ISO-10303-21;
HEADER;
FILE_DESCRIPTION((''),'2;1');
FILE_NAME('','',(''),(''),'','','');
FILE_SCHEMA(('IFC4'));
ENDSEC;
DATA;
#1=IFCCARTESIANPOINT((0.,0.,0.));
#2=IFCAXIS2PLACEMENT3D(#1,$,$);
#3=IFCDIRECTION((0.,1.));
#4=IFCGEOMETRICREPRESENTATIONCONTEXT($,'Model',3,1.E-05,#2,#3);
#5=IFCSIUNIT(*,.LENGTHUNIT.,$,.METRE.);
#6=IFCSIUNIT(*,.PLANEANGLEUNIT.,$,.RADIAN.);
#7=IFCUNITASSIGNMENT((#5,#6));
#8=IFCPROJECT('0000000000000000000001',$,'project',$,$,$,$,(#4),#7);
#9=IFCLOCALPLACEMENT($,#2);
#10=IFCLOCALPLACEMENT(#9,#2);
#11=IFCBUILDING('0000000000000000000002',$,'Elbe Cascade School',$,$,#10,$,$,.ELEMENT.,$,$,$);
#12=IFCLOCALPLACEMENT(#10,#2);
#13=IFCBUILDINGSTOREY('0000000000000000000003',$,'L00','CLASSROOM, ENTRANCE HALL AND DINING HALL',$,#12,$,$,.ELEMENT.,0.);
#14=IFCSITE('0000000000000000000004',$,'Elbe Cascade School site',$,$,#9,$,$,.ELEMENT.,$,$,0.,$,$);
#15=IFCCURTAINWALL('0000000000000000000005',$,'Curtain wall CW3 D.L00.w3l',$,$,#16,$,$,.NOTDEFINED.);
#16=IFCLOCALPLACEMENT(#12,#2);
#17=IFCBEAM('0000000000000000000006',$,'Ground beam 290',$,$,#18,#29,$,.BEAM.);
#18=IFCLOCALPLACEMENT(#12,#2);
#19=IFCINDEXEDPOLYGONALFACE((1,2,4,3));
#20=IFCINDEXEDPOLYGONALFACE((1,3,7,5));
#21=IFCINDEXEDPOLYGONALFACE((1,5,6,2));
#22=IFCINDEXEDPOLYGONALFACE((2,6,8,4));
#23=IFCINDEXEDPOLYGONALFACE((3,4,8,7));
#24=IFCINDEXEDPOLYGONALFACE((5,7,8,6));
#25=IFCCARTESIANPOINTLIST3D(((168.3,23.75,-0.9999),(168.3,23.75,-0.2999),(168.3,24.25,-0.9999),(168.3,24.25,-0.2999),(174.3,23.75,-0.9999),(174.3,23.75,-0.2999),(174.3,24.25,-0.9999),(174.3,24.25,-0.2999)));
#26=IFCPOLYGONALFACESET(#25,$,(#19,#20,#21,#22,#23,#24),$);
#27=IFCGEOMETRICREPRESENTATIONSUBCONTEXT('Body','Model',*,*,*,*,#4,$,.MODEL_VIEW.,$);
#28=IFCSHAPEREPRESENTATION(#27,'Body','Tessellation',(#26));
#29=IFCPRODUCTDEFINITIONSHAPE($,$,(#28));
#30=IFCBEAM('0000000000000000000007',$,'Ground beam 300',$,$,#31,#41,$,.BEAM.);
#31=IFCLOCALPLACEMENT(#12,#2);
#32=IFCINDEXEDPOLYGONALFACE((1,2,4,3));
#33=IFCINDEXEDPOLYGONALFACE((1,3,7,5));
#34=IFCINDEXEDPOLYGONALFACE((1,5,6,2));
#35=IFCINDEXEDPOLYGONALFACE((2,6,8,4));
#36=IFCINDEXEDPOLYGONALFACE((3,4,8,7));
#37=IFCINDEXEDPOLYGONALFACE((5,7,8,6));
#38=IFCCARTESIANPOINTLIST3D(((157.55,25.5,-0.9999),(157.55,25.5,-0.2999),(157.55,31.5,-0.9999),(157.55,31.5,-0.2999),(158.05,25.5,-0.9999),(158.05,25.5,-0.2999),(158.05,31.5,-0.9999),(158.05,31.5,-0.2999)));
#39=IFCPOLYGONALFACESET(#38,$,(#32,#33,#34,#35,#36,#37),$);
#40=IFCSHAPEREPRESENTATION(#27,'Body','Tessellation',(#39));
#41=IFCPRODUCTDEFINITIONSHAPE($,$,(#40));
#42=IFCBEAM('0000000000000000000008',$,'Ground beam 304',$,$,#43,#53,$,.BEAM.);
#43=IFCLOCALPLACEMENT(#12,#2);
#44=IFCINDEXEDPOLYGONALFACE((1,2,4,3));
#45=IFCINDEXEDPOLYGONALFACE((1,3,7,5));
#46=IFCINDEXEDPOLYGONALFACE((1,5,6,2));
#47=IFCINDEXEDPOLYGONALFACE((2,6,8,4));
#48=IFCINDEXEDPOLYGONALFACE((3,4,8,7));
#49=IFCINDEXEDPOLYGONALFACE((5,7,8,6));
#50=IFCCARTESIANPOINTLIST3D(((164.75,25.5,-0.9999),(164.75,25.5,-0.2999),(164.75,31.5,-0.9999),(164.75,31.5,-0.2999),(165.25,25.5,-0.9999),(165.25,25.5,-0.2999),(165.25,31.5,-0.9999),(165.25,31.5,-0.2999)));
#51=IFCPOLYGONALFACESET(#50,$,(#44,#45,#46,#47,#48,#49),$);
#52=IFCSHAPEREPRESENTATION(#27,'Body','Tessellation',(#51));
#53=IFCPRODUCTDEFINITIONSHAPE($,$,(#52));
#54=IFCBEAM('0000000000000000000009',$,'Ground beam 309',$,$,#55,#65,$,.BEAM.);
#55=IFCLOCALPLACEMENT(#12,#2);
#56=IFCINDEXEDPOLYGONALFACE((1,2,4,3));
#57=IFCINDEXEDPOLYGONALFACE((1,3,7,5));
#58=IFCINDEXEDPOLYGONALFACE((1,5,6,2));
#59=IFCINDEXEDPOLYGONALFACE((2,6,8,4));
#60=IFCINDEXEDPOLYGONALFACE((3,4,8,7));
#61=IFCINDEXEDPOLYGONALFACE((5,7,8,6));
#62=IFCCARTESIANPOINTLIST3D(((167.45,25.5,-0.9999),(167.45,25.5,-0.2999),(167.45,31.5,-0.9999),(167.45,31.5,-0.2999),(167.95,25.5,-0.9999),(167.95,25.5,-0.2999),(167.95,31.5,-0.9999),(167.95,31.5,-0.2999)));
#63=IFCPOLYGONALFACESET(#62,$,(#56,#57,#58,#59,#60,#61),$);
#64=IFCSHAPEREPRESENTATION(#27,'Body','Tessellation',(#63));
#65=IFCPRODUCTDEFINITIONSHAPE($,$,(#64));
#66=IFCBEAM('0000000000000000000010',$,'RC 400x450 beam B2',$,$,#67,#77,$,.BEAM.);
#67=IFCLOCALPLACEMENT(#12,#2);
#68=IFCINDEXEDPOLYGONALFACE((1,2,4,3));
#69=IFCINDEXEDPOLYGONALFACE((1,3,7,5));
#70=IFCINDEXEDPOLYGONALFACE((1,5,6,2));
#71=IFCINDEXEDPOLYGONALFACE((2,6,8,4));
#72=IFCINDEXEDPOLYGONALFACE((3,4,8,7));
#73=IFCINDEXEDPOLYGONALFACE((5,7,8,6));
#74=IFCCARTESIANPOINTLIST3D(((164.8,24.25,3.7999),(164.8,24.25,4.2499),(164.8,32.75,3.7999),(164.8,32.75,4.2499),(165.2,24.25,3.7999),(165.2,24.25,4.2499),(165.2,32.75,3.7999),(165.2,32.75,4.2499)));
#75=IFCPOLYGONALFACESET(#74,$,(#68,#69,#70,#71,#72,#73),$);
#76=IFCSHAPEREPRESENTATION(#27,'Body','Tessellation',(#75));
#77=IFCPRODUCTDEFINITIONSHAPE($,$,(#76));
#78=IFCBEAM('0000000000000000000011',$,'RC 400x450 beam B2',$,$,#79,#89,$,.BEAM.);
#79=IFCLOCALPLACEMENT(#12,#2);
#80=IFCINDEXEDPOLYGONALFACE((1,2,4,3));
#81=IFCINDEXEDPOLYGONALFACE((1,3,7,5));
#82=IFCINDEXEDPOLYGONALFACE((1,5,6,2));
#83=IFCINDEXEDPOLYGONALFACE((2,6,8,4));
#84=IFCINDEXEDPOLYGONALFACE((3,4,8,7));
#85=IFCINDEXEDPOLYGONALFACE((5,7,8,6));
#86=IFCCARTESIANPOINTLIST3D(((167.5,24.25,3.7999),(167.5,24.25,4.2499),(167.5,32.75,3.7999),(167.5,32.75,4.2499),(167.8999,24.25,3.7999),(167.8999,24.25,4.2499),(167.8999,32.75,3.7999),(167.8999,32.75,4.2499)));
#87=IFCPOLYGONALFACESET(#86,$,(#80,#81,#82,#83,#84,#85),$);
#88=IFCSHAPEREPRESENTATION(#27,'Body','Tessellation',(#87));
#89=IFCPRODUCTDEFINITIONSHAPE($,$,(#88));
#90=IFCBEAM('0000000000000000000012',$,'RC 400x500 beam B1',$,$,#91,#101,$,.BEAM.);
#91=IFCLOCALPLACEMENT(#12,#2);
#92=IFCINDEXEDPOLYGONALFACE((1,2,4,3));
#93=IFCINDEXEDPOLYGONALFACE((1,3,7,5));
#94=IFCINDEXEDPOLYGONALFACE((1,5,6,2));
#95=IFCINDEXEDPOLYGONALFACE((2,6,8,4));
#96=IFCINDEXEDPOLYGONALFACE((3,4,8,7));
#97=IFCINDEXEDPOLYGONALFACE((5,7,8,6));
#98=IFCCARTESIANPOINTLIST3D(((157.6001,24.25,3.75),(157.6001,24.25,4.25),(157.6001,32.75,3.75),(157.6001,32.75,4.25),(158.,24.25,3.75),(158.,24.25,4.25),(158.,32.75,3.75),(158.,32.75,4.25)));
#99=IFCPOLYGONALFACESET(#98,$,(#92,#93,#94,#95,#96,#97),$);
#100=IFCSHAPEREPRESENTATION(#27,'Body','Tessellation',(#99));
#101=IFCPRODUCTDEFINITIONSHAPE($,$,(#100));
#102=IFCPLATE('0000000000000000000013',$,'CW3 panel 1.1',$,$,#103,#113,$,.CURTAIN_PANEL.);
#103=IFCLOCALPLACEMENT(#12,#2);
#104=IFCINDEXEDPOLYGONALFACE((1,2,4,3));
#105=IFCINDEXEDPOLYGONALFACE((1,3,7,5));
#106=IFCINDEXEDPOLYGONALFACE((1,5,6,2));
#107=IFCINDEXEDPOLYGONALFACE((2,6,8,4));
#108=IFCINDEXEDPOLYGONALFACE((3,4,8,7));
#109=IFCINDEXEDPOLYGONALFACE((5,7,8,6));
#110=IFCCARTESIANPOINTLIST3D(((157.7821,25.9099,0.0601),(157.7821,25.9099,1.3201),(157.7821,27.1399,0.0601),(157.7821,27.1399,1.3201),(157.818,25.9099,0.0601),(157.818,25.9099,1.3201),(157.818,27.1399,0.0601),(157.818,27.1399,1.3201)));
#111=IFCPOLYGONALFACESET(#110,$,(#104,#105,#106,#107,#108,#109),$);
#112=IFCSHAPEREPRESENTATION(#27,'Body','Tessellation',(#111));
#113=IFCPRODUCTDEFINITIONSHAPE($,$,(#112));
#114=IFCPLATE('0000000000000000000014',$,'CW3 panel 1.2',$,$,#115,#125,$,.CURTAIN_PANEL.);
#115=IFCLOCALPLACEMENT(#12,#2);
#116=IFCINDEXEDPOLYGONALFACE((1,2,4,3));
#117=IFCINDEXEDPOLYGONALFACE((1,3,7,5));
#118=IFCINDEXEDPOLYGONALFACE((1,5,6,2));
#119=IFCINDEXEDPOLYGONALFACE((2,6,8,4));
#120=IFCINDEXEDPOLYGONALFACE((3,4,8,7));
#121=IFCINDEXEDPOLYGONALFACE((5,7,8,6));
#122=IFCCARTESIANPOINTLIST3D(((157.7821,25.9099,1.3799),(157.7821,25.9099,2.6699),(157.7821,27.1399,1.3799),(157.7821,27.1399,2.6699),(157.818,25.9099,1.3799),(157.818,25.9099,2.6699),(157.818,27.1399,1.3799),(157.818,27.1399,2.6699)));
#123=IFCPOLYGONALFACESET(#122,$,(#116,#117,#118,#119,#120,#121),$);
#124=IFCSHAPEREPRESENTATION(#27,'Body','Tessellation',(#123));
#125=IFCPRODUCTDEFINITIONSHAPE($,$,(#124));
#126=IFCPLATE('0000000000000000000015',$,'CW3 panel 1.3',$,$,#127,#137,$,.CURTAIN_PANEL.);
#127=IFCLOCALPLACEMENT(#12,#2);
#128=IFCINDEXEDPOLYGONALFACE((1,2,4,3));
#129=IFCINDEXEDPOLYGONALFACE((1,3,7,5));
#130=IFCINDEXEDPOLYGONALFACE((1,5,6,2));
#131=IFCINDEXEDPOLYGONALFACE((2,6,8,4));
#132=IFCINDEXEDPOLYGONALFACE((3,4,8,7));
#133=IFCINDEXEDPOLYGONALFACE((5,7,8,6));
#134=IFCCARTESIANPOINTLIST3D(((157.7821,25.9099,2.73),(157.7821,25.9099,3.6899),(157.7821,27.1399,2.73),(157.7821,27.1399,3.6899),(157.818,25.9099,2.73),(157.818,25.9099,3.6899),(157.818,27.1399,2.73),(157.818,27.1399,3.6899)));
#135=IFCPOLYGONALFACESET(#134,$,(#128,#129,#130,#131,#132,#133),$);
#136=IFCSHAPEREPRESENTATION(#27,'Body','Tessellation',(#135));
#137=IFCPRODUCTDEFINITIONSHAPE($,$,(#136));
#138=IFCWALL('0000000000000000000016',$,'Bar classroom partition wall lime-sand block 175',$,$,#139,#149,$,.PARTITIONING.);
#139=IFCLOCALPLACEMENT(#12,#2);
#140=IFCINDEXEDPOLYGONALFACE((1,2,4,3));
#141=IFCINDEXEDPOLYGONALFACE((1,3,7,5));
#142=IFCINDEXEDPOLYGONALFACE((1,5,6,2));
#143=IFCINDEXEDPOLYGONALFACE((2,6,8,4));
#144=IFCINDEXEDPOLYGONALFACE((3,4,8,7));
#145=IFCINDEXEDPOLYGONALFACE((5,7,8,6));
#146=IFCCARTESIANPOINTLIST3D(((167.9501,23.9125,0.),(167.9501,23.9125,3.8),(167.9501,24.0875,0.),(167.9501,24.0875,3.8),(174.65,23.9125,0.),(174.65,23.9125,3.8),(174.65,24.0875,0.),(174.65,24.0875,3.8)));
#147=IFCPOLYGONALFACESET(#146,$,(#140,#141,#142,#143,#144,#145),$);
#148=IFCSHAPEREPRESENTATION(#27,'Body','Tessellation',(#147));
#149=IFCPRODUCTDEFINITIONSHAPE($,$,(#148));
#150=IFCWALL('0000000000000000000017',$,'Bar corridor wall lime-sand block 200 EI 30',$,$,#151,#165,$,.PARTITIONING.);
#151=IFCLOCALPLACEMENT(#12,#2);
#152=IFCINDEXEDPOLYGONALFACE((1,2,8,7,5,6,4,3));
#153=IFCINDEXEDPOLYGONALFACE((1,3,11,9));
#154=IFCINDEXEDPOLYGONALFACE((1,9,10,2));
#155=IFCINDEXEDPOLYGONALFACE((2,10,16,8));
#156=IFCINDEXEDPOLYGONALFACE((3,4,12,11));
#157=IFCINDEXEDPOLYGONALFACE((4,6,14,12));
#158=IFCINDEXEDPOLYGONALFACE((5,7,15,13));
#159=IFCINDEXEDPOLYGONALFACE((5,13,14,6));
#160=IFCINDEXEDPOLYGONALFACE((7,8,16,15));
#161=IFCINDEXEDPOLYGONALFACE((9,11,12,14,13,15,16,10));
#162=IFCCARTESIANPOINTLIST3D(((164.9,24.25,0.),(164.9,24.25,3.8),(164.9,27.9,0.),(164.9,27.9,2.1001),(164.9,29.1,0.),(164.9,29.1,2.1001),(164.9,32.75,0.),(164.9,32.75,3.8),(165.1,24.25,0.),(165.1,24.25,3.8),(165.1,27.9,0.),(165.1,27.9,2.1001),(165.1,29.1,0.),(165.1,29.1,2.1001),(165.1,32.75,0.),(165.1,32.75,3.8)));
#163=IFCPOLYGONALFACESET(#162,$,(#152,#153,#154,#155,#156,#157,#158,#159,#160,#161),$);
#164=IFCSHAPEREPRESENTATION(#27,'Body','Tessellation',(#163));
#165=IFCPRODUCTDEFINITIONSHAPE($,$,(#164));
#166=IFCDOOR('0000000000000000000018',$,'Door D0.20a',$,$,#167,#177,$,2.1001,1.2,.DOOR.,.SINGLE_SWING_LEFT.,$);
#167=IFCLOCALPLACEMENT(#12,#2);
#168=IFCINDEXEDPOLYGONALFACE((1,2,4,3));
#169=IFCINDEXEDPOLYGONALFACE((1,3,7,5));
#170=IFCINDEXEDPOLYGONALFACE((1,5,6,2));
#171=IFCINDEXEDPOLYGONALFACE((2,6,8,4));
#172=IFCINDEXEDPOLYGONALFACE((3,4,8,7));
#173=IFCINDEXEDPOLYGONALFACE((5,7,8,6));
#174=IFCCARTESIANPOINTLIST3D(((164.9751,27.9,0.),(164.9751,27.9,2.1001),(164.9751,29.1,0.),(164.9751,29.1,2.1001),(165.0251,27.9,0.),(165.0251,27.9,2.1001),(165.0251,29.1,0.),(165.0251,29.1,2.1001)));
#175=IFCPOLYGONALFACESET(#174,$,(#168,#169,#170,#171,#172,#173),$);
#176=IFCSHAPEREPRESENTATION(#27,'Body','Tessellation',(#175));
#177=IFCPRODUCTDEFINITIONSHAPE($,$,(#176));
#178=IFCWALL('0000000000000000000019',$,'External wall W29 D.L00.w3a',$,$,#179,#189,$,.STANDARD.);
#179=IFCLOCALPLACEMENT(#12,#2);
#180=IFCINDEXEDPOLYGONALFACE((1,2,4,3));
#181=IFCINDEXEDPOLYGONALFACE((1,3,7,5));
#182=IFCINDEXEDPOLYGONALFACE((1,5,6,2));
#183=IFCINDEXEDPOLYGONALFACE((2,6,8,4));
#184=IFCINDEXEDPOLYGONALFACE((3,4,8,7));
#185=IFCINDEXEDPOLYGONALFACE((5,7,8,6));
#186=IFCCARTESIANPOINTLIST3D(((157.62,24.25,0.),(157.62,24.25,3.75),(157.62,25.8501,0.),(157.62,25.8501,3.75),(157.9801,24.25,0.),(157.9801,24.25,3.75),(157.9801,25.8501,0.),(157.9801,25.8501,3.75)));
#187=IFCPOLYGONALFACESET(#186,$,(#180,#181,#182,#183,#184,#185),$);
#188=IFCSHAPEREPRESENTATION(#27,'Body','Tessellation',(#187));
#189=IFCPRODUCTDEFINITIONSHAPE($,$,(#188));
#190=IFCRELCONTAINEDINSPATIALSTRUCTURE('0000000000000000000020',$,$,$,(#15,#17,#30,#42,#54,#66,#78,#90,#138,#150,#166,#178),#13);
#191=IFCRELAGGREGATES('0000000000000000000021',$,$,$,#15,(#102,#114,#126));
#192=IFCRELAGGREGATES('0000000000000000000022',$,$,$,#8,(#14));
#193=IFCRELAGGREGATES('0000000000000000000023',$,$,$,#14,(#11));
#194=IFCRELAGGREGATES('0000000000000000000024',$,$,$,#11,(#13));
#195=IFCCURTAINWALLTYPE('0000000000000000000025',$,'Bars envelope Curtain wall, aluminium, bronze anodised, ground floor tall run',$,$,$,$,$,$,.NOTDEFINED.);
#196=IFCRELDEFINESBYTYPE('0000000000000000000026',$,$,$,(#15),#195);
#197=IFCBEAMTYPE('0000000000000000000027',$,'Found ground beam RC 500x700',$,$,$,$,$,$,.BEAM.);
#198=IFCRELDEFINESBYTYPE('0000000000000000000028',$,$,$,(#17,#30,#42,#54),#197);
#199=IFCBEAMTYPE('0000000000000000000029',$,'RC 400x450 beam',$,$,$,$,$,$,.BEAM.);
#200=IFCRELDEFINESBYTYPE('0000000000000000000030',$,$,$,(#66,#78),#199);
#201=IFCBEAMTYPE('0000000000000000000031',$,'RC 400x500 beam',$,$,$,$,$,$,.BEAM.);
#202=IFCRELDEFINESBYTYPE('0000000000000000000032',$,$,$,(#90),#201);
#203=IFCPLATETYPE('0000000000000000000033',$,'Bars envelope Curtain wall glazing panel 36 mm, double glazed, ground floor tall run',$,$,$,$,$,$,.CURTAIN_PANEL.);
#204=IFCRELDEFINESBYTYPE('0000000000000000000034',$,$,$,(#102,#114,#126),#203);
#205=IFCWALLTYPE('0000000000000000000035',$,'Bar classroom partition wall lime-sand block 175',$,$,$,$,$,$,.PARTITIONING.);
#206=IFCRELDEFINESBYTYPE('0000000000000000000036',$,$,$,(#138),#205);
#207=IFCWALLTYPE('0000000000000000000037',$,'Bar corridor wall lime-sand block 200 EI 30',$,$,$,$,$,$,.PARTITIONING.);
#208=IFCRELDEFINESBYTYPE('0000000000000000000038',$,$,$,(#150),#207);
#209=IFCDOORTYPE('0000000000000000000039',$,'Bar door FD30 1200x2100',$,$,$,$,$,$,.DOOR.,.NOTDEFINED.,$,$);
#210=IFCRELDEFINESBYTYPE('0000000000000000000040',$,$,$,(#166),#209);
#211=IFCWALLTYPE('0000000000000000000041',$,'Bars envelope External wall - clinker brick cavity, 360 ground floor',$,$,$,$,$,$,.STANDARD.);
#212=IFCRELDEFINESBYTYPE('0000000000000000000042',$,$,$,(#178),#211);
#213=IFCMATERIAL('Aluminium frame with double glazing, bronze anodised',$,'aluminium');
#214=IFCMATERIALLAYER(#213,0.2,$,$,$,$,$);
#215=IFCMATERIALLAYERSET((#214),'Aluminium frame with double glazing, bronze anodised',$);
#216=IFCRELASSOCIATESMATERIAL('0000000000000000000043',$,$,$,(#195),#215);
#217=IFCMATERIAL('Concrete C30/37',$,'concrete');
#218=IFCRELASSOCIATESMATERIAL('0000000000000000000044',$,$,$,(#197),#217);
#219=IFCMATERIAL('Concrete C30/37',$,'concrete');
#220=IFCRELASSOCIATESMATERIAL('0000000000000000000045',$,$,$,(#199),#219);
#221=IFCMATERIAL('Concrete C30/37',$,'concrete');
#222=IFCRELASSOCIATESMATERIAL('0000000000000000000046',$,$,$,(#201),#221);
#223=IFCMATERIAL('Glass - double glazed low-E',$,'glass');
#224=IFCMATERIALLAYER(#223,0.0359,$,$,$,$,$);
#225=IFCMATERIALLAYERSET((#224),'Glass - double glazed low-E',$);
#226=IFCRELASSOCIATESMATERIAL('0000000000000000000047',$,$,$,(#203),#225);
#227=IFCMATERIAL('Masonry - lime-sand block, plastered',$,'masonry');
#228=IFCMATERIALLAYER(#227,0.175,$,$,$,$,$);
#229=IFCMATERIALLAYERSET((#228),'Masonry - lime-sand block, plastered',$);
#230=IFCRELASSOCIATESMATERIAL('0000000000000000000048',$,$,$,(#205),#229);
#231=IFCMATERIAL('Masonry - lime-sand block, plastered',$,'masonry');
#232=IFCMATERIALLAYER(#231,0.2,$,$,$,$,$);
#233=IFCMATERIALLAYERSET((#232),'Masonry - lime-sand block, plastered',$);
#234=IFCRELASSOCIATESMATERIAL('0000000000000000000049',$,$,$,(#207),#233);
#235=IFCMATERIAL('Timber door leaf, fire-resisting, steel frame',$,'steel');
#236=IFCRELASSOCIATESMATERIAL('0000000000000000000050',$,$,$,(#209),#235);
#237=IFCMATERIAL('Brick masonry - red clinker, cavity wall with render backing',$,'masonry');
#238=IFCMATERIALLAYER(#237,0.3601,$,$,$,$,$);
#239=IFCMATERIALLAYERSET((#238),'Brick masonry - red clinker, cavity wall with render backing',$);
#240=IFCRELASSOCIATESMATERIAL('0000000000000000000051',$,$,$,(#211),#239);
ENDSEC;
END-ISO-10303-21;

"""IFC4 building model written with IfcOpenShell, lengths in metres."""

from ifc_helpers import new_model, si_unit, direction, frame, frame_2d, origin, origin_2d, place, context, subcontext, project, spatial, rectangle, extrude, material, layer, layer_set, material_profile, profile_set, type_object, element, fill, aggregate, save


model = new_model("IFC4")

# Units and contexts
model_context = context("Model", 3, precision=1e-05, world=origin(), true_north=direction((0.0, 1.0)))
body_context = subcontext(model_context, "Body", "Model", "MODEL_VIEW")
ifc_project = project(units=[si_unit("LENGTHUNIT", "METRE"), si_unit("PLANEANGLEUNIT", "RADIAN")], contexts=[model_context])

# Site, building, storey
site_placement = place(None, origin())
site = spatial("IfcSite", under=ifc_project, at=site_placement, Name="Elbe Cascade School site", CompositionType="ELEMENT", RefElevation=0.0)
building_placement = place(site_placement, origin())
building = spatial("IfcBuilding", under=site, at=building_placement, Name="Elbe Cascade School", CompositionType="ELEMENT")
storey_placement = place(building_placement, origin())
storey = spatial("IfcBuildingStorey", under=building, at=storey_placement, Name="L00", Description="CLASSROOM, ENTRANCE HALL AND DINING HALL", CompositionType="ELEMENT", Elevation=0.0)

# Curtain wall
ifc_material_1 = material(Name="Aluminium frame with double glazing, bronze anodised", Category="aluminium")
ifc_layer_1 = layer(ifc_material_1, 0.2)
ifc_layer_set_1 = layer_set([ifc_layer_1], Name="Aluminium frame with double glazing, bronze anodised")
curtain_wall_type = type_object("IfcCurtainWallType", Name="Bars envelope Curtain wall, aluminium, bronze anodised, ground floor tall run", PredefinedType="NOTDEFINED", material=ifc_layer_set_1)
curtain_wall_placement = place(storey_placement, origin())
curtain_wall = element("IfcCurtainWall", 1, at=curtain_wall_placement, inside=storey, type_object=curtain_wall_type, Name="Curtain wall CW3 D.L00.w3l", PredefinedType="NOTDEFINED")

# Beams
ifc_material_2 = material(Name="Concrete C30/37", Category="concrete")
ifc_material_profile_1 = material_profile(ifc_material_2, rectangle(XDim=0.5, YDim=0.7, at=origin_2d()), Name="RC 500x700")
ifc_profile_set_1 = profile_set([ifc_material_profile_1], Name="Concrete C30/37")
beam_type_1 = type_object("IfcBeamType", Name="Found ground beam RC 500x700", PredefinedType="BEAM", material=ifc_profile_set_1)
for number, where, z_axis, x_axis, name in (
    (2, (168.3, 24.0, -0.6499), (1.0, 0.0, 0.0), (0.0, 1.0, 0.0), "Ground beam 290"),
    (3, (157.8, 25.5, -0.6499), (0.0, 1.0, 0.0), (-1.0, 0.0, 0.0), "Ground beam 300"),
    (4, (165.0, 25.5, -0.6499), (0.0, 1.0, 0.0), (-1.0, 0.0, 0.0), "Ground beam 304"),
    (5, (167.7, 25.5, -0.6499), (0.0, 1.0, 0.0), (-1.0, 0.0, 0.0), "Ground beam 309"),
):
    element("IfcBeam", number, at=place(storey_placement, frame(where, z_axis=z_axis, x_axis=x_axis)), inside=storey, type_object=beam_type_1, Name=name, PredefinedType="BEAM", context=body_context, shape_type="SweptSolid", body=[
        extrude(rectangle(XDim=0.5, YDim=0.7, at=origin_2d()), origin(), (0.0, 0.0, 1.0), 6.0),
    ])
ifc_material_3 = material(Name="Concrete C30/37", Category="concrete")
ifc_material_profile_2 = material_profile(ifc_material_3, rectangle(XDim=0.3999, YDim=0.45, at=origin_2d()), Name="RC 400x450")
ifc_profile_set_2 = profile_set([ifc_material_profile_2], Name="Concrete C30/37")
beam_type_2 = type_object("IfcBeamType", Name="RC 400x450 beam", PredefinedType="BEAM", material=ifc_profile_set_2)
for number, where, z_axis, x_axis, name in (
    (6, (165.0, 24.25, 4.0249), (0.0, 1.0, 0.0), (-1.0, 0.0, 0.0), "RC 400x450 beam B2"),
    (7, (167.7, 24.25, 4.0249), (0.0, 1.0, 0.0), (-1.0, 0.0, 0.0), "RC 400x450 beam B2"),
):
    element("IfcBeam", number, at=place(storey_placement, frame(where, z_axis=z_axis, x_axis=x_axis)), inside=storey, type_object=beam_type_2, Name=name, PredefinedType="BEAM", context=body_context, shape_type="SweptSolid", body=[
        extrude(rectangle(XDim=0.3999, YDim=0.45, at=origin_2d()), origin(), (0.0, 0.0, 1.0), 8.5),
    ])
ifc_material_4 = material(Name="Concrete C30/37", Category="concrete")
ifc_material_profile_3 = material_profile(ifc_material_4, rectangle(XDim=0.3999, YDim=0.5, at=origin_2d()), Name="RC 400x500")
ifc_profile_set_3 = profile_set([ifc_material_profile_3], Name="Concrete C30/37")
beam_type_3 = type_object("IfcBeamType", Name="RC 400x500 beam", PredefinedType="BEAM", material=ifc_profile_set_3)
beam_placement = place(storey_placement, frame((157.8, 24.25, 4.0), z_axis=(0.0, 1.0, 0.0), x_axis=(-1.0, 0.0, 0.0)))
element("IfcBeam", 8, at=beam_placement, inside=storey, type_object=beam_type_3, Name="RC 400x500 beam B1", PredefinedType="BEAM", context=body_context, shape_type="SweptSolid", body=[
    extrude(rectangle(XDim=0.3999, YDim=0.5, at=origin_2d()), origin(), (0.0, 0.0, 1.0), 8.5),
])

# Plates
ifc_material_5 = material(Name="Glass - double glazed low-E", Category="glass")
ifc_layer_2 = layer(ifc_material_5, 0.0359)
ifc_layer_set_2 = layer_set([ifc_layer_2], Name="Glass - double glazed low-E")
plate_type = type_object("IfcPlateType", Name="Bars envelope Curtain wall glazing panel 36 mm, double glazed, ground floor tall run", PredefinedType="CURTAIN_PANEL", material=ifc_layer_set_2)
plate_1_placement = place(storey_placement, frame((157.8, 26.5249, 0.0601), z_axis=(0.0, 0.0, 1.0), x_axis=(0.0, 1.0, 0.0)))
plate_1 = element("IfcPlate", 9, at=plate_1_placement, type_object=plate_type, Name="CW3 panel 1.1", PredefinedType="CURTAIN_PANEL", context=body_context, shape_type="SweptSolid", body=[
    extrude(rectangle(XDim=1.23, YDim=0.0359, at=origin_2d()), origin(), (0.0, 0.0, 1.0), 1.26),
])
plate_2_placement = place(storey_placement, frame((157.8, 26.5249, 1.3799), z_axis=(0.0, 0.0, 1.0), x_axis=(0.0, 1.0, 0.0)))
plate_2 = element("IfcPlate", 10, at=plate_2_placement, type_object=plate_type, Name="CW3 panel 1.2", PredefinedType="CURTAIN_PANEL", context=body_context, shape_type="SweptSolid", body=[
    extrude(rectangle(XDim=1.23, YDim=0.0359, at=origin_2d()), origin(), (0.0, 0.0, 1.0), 1.29),
])
plate_3_placement = place(storey_placement, frame((157.8, 26.5249, 2.73), z_axis=(0.0, 0.0, 1.0), x_axis=(0.0, 1.0, 0.0)))
plate_3 = element("IfcPlate", 11, at=plate_3_placement, type_object=plate_type, Name="CW3 panel 1.3", PredefinedType="CURTAIN_PANEL", context=body_context, shape_type="SweptSolid", body=[
    extrude(rectangle(XDim=1.23, YDim=0.0359, at=origin_2d()), origin(), (0.0, 0.0, 1.0), 0.96),
])
aggregate(curtain_wall, [plate_1, plate_2, plate_3])

# Wall
ifc_material_6 = material(Name="Masonry - lime-sand block, plastered", Category="masonry")
ifc_layer_3 = layer(ifc_material_6, 0.175)
ifc_layer_set_3 = layer_set([ifc_layer_3], Name="Masonry - lime-sand block, plastered")
wall_type_1 = type_object("IfcWallType", Name="Bar classroom partition wall lime-sand block 175", PredefinedType="PARTITIONING", material=ifc_layer_set_3)
wall_1_placement = place(storey_placement, frame((167.95, 24.0, 0.0), z_axis=(0.0, 0.0, 1.0), x_axis=(1.0, 0.0, 0.0)))
element("IfcWall", 12, at=wall_1_placement, inside=storey, type_object=wall_type_1, Name="Bar classroom partition wall lime-sand block 175", PredefinedType="PARTITIONING", context=body_context, shape_type="SweptSolid", body=[
    extrude(rectangle(XDim=6.7, YDim=0.175, at=frame_2d((3.3501, 0.0))), origin(), (0.0, 0.0, 1.0), 3.8),
])

# Wall, opening, door
ifc_material_7 = material(Name="Masonry - lime-sand block, plastered", Category="masonry")
ifc_layer_4 = layer(ifc_material_7, 0.2)
ifc_layer_set_4 = layer_set([ifc_layer_4], Name="Masonry - lime-sand block, plastered")
wall_type_2 = type_object("IfcWallType", Name="Bar corridor wall lime-sand block 200 EI 30", PredefinedType="PARTITIONING", material=ifc_layer_set_4)
wall_2_placement = place(storey_placement, frame((165.0, 24.25, 0.0), z_axis=(0.0, 0.0, 1.0), x_axis=(0.0, 1.0, 0.0)))
wall_2 = element("IfcWall", 13, at=wall_2_placement, inside=storey, type_object=wall_type_2, Name="Bar corridor wall lime-sand block 200 EI 30", PredefinedType="PARTITIONING", context=body_context, shape_type="SweptSolid", body=[
    extrude(rectangle(XDim=8.5, YDim=0.2, at=frame_2d((4.25, 0.0))), origin(), (0.0, 0.0, 1.0), 3.8),
])
opening_1_placement = place(wall_2_placement, frame((3.6499, 0.0, 0.0)))
opening_1 = element("IfcOpeningElement", 14, at=opening_1_placement, cuts=wall_2, PredefinedType="OPENING", context=body_context, shape_type="SweptSolid", body=[
    extrude(rectangle(XDim=1.2, YDim=2.1001, at=frame_2d((0.6001, 1.05))), frame((0.0, 0.1099, 0.0), z_axis=(0.0, -1.0, 0.0), x_axis=(1.0, 0.0, 0.0)), (0.0, 0.0, 1.0), 0.22),
])
ifc_material_8 = material(Name="Timber door leaf, fire-resisting, steel frame", Category="steel")
door_type_1 = type_object("IfcDoorType", Name="Bar door FD30 1200x2100", OperationType="NOTDEFINED", PredefinedType="DOOR", material=ifc_material_8)
door_1_placement = place(opening_1_placement, origin())
door_1 = element("IfcDoor", 15, at=door_1_placement, inside=storey, type_object=door_type_1, Name="Door D0.20a", OperationType="SINGLE_SWING_LEFT", OverallHeight=2.1001, OverallWidth=1.2, PredefinedType="DOOR", context=body_context, shape_type="SweptSolid", body=[
    extrude(rectangle(XDim=1.2, YDim=2.1001, at=frame_2d((0.6001, 1.05))), frame((0.0, 0.0249, 0.0), z_axis=(0.0, -1.0, 0.0), x_axis=(1.0, 0.0, 0.0)), (0.0, 0.0, 1.0), 0.05),
])
fill(opening_1, door_1)

# Wall
ifc_material_9 = material(Name="Brick masonry - red clinker, cavity wall with render backing", Category="masonry")
ifc_layer_5 = layer(ifc_material_9, 0.3601)
ifc_layer_set_5 = layer_set([ifc_layer_5], Name="Brick masonry - red clinker, cavity wall with render backing")
wall_type_3 = type_object("IfcWallType", Name="Bars envelope External wall - clinker brick cavity, 360 ground floor", PredefinedType="STANDARD", material=ifc_layer_set_5)
wall_3_placement = place(storey_placement, frame((157.8, 24.25, 0.0), z_axis=(0.0, 0.0, 1.0), x_axis=(0.0, 1.0, 0.0)))
element("IfcWall", 16, at=wall_3_placement, inside=storey, type_object=wall_type_3, Name="External wall W29 D.L00.w3a", PredefinedType="STANDARD", context=body_context, shape_type="SweptSolid", body=[
    extrude(rectangle(XDim=1.6001, YDim=0.3601, at=frame_2d((0.8, 0.0))), origin(), (0.0, 0.0, 1.0), 3.75),
])

save(model, "model.ifc")
